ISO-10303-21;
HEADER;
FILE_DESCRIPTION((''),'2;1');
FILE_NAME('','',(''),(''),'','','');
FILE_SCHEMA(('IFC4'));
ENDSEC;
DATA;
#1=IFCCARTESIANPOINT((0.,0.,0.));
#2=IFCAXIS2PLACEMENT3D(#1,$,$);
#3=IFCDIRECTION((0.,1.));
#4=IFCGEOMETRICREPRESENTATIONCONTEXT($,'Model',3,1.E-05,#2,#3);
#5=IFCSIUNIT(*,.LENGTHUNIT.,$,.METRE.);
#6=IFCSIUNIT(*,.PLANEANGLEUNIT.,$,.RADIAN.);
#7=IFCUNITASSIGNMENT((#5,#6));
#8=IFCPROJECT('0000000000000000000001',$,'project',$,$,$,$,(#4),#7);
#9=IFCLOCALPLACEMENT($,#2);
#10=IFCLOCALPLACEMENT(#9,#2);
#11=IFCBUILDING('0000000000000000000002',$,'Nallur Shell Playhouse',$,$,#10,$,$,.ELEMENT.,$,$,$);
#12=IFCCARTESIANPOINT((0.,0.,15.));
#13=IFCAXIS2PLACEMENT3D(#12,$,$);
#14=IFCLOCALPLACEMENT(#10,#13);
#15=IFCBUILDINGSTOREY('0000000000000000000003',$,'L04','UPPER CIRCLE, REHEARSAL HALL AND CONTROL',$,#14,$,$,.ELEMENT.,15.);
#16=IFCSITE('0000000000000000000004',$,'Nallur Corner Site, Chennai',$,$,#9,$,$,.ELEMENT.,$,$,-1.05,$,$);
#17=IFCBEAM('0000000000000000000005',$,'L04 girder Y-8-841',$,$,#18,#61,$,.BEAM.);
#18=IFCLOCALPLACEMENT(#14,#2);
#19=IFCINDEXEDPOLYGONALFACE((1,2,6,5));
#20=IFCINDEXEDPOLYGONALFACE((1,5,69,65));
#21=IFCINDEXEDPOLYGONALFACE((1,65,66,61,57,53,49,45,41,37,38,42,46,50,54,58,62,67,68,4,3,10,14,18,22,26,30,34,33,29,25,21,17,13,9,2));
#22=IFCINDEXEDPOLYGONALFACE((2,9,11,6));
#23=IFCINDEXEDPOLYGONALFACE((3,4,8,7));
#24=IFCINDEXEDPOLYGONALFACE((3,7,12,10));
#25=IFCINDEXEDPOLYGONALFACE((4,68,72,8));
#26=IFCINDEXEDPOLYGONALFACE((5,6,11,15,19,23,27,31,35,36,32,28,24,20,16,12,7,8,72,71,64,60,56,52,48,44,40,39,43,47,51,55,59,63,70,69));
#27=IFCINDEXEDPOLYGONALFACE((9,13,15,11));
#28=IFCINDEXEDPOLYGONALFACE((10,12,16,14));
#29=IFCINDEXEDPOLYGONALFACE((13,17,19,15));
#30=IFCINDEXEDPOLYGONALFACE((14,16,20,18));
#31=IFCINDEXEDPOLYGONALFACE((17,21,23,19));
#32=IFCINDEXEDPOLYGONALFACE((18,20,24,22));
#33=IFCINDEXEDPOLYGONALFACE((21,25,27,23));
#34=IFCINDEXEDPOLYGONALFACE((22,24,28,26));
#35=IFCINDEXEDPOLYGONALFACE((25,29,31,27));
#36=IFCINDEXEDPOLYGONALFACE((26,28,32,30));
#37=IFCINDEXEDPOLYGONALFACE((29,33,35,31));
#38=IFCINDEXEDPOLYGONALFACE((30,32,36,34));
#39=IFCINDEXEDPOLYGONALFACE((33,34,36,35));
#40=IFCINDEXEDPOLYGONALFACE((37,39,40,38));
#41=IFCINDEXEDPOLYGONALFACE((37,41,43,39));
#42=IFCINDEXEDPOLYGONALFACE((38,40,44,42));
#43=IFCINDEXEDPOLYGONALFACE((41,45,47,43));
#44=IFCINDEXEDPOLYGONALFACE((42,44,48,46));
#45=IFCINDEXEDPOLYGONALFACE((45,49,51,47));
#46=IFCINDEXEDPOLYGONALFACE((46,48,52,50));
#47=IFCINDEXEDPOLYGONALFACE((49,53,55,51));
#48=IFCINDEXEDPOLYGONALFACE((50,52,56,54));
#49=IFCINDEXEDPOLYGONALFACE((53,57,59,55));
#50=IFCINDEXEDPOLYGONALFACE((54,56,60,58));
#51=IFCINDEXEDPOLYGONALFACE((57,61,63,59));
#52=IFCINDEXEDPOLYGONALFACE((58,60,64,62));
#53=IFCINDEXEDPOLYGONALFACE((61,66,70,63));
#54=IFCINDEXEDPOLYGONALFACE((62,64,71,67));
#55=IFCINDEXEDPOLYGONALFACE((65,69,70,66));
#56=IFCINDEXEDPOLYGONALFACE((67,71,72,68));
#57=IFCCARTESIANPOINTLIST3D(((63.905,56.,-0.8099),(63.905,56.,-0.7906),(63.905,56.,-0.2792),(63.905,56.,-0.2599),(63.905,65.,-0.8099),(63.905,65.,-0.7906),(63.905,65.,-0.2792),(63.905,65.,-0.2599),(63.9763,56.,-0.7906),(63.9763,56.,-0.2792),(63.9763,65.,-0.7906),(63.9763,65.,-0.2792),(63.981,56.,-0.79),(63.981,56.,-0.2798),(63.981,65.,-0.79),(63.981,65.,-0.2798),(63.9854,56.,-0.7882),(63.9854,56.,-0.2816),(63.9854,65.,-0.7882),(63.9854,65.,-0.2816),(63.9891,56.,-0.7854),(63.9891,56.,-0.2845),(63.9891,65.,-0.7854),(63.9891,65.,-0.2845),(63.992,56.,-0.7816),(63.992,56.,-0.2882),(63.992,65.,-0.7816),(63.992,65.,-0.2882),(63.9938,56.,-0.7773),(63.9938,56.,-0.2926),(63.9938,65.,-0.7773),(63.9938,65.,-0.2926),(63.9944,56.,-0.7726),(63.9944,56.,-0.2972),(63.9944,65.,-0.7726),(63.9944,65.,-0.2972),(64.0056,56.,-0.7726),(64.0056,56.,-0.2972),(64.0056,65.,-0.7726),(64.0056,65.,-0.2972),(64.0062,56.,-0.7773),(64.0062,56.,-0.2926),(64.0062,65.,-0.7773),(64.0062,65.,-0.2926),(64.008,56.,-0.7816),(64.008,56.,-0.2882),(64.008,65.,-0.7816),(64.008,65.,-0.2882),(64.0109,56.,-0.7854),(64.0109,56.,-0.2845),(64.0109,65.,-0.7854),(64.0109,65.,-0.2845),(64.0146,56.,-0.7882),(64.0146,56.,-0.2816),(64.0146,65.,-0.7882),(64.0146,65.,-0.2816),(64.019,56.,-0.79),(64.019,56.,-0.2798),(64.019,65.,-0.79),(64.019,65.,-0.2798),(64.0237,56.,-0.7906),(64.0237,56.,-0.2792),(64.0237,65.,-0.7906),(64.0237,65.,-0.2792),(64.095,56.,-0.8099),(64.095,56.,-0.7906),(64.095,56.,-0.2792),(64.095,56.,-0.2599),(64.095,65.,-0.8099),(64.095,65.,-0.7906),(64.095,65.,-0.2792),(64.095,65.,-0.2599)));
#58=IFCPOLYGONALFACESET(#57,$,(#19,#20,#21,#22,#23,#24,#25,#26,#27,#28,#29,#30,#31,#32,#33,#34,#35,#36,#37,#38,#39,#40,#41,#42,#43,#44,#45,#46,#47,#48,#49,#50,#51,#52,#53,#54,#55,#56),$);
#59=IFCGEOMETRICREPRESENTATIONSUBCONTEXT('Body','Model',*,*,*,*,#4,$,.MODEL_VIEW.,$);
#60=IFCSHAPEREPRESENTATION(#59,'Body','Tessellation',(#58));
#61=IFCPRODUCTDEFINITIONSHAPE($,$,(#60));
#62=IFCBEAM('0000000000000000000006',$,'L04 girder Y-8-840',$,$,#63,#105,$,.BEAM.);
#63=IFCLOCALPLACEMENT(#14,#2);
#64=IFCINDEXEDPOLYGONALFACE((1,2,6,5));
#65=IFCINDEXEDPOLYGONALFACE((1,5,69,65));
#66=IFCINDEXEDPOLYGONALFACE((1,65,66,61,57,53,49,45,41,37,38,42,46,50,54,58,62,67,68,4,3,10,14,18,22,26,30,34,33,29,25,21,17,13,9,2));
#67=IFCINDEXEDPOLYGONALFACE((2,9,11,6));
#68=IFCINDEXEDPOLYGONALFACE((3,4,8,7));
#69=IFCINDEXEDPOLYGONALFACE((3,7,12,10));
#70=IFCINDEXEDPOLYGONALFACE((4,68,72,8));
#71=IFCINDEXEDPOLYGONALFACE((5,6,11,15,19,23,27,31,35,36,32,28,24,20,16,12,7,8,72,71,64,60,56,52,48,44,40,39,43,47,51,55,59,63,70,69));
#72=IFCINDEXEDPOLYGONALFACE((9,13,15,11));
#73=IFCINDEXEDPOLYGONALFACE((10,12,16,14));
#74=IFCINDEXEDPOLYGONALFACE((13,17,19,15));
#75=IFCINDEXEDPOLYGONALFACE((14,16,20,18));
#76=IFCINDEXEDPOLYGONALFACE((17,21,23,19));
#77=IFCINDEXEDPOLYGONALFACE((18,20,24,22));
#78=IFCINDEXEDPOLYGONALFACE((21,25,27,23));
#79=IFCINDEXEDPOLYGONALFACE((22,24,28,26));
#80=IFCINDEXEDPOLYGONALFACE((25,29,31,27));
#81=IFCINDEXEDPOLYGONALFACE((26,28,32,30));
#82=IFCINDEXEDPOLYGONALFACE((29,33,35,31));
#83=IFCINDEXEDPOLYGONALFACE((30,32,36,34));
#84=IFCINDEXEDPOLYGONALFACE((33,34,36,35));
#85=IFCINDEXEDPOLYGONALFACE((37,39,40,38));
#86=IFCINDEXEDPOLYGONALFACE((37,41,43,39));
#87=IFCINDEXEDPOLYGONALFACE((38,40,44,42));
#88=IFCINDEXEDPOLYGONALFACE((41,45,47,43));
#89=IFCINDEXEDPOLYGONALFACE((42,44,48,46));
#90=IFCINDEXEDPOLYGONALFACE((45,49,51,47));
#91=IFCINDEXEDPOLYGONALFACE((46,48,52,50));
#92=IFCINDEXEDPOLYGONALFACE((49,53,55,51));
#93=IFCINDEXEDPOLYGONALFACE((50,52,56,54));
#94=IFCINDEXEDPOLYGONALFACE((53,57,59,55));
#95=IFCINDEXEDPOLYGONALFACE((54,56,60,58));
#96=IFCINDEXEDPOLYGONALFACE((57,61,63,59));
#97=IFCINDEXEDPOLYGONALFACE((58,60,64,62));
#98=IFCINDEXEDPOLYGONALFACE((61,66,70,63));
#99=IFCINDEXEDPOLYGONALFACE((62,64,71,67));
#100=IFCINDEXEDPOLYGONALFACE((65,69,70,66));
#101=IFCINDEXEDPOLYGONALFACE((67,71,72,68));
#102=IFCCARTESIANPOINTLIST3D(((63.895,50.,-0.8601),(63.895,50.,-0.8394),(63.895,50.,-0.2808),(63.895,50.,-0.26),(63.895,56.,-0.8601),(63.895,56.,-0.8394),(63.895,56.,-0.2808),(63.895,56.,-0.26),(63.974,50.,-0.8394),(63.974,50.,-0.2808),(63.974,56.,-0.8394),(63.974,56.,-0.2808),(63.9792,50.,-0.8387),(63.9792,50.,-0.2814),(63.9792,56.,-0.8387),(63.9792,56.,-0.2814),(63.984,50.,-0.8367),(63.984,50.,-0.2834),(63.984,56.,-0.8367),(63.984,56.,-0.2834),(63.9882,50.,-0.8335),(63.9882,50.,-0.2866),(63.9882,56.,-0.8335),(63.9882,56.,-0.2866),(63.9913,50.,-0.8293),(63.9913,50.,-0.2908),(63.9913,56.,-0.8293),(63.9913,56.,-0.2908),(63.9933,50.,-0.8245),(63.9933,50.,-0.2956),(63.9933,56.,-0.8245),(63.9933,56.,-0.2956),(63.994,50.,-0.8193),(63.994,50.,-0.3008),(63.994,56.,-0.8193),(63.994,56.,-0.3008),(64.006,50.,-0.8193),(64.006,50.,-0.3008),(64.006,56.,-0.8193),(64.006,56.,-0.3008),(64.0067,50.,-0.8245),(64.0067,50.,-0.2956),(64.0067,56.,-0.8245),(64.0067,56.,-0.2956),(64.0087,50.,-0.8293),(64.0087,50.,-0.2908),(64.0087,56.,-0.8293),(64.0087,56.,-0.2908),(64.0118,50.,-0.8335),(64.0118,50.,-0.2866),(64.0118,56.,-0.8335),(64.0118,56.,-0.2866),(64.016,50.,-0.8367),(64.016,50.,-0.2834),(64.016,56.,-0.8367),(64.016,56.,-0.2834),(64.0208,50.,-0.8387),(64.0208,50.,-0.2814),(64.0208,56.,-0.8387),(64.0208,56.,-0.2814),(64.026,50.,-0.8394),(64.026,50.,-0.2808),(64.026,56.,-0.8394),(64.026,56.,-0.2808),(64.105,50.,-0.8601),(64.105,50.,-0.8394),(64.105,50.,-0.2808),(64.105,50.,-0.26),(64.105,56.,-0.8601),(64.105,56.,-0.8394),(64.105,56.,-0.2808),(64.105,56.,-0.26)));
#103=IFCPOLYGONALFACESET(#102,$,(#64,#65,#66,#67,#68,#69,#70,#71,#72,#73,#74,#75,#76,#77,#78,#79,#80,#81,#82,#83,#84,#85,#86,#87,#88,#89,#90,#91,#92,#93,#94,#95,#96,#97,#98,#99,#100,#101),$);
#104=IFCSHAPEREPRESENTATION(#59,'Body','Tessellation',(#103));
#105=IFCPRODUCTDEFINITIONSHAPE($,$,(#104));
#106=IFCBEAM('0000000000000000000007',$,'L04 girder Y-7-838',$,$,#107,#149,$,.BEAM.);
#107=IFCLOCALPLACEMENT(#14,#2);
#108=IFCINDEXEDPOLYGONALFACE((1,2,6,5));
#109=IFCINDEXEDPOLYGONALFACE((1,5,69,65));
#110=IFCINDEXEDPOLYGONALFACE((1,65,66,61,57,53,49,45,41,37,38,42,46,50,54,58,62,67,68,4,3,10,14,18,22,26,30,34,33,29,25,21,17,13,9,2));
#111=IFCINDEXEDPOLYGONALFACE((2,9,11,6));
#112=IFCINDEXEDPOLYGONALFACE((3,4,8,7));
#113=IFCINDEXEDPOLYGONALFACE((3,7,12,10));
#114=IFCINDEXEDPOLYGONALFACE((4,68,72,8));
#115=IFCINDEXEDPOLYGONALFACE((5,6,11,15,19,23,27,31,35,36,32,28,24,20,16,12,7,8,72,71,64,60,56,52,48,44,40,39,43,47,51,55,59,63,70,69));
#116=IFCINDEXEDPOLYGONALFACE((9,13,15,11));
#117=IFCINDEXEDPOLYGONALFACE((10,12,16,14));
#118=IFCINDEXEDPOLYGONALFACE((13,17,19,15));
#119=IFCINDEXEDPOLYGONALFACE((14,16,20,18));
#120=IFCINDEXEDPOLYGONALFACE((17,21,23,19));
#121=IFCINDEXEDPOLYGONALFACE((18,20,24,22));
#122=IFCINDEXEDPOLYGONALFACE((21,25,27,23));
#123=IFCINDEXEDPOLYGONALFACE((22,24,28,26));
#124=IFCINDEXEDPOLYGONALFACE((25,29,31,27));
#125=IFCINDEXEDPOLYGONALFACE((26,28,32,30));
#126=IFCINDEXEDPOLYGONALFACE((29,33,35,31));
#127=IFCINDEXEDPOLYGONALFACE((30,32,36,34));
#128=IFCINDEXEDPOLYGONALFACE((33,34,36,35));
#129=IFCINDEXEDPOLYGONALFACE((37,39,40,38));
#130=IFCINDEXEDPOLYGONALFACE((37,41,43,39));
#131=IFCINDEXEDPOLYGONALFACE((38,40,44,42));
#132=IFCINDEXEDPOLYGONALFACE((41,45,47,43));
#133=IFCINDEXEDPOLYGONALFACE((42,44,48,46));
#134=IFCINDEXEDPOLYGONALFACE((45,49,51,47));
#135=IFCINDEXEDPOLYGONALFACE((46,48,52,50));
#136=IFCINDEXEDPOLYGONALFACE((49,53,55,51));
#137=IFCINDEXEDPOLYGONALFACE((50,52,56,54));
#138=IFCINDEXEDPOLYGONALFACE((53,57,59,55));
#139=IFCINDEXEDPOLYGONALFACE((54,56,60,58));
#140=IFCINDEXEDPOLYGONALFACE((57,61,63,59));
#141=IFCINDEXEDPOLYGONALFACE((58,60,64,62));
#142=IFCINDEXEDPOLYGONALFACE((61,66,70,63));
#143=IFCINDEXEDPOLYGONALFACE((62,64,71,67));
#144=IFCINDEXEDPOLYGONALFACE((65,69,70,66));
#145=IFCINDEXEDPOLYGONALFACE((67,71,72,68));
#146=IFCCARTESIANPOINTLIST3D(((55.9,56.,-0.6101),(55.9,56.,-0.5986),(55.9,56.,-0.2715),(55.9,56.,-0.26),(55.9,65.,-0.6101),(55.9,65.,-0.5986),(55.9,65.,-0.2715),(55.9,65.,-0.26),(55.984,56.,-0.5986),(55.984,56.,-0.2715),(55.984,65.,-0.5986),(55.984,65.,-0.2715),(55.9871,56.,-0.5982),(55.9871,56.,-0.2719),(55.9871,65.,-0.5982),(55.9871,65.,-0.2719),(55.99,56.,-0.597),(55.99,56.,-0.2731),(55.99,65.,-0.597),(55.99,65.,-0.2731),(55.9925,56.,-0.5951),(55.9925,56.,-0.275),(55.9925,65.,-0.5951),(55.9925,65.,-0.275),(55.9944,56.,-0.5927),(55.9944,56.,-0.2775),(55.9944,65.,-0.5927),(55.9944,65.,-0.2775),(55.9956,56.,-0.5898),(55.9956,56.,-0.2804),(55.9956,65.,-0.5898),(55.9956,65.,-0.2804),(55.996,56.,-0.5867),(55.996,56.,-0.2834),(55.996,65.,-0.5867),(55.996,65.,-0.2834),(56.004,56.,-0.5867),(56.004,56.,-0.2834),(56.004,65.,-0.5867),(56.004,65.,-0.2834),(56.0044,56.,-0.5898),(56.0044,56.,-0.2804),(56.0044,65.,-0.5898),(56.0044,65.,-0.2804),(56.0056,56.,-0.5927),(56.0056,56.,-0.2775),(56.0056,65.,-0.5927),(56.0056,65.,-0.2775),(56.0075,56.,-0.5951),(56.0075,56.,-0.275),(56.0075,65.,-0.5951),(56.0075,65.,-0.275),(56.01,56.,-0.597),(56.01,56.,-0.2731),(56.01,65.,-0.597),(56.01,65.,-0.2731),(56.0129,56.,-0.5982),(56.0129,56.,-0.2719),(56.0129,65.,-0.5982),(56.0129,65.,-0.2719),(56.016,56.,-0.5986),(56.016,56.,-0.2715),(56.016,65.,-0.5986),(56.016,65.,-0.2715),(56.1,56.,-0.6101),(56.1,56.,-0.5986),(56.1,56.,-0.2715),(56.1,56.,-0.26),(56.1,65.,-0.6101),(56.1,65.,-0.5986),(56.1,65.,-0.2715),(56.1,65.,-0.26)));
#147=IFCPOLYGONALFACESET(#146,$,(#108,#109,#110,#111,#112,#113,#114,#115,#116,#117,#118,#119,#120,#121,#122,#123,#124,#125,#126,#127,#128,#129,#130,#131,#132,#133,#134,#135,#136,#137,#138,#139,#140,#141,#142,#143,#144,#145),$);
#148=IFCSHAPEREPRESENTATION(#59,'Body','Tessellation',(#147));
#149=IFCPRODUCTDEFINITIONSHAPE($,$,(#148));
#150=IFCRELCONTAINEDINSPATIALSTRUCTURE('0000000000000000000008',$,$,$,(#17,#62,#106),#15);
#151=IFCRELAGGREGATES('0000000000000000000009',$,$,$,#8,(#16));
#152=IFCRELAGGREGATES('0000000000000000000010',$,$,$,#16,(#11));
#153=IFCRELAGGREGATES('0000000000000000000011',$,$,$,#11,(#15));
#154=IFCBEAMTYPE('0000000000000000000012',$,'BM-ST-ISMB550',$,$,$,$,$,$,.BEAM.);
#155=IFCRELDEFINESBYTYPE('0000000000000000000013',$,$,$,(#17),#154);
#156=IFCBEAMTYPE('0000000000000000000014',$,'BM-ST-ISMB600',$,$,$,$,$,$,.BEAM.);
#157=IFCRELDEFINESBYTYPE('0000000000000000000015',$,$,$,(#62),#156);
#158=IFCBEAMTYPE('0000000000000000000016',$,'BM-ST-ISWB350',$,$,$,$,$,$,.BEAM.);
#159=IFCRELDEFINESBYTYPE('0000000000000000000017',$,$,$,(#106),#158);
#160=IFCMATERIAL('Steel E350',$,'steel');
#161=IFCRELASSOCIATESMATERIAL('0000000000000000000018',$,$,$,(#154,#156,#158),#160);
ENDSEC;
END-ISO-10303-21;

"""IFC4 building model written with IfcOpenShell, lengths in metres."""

from ifc_helpers import new_model, si_unit, direction, frame, origin, origin_2d, place, context, subcontext, project, spatial, i_section, extrude, material, material_profile, profile_set, type_object, element, save


model = new_model("IFC4")

# Units and contexts
model_context = context("Model", 3, precision=1e-05, world=origin(), true_north=direction((0.0, 1.0)))
body_context = subcontext(model_context, "Body", "Model", "MODEL_VIEW")
ifc_project = project(units=[si_unit("LENGTHUNIT", "METRE"), si_unit("PLANEANGLEUNIT", "RADIAN")], contexts=[model_context])

# Site, building, storey
site_placement = place(None, origin())
site = spatial("IfcSite", under=ifc_project, at=site_placement, Name="Nallur Corner Site, Chennai", CompositionType="ELEMENT", RefElevation=-1.05)
building_placement = place(site_placement, origin())
building = spatial("IfcBuilding", under=site, at=building_placement, Name="Nallur Shell Playhouse", CompositionType="ELEMENT")
storey_placement = place(building_placement, frame((0.0, 0.0, 15.0)))
storey = spatial("IfcBuildingStorey", under=building, at=storey_placement, Name="L04", Description="UPPER CIRCLE, REHEARSAL HALL AND CONTROL", CompositionType="ELEMENT", Elevation=15.0)

# Shared definitions
ifc_material_1 = material(Name="Steel E350", Category="steel")

# Beams
ifc_material_profile_1 = material_profile(ifc_material_1, i_section(OverallWidth=0.1899, OverallDepth=0.55, WebThickness=0.0112, FlangeThickness=0.0193, FilletRadius=0.0181, at=origin_2d()), Name="ISMB 550")
ifc_profile_set_1 = profile_set([ifc_material_profile_1], Name="Steel E350")
beam_type_1 = type_object("IfcBeamType", Name="BM-ST-ISMB550", PredefinedType="BEAM", material=ifc_profile_set_1)
beam_1_placement = place(storey_placement, frame((64.0, 56.0, -0.5349), z_axis=(0.0, 1.0, 0.0), x_axis=(-1.0, 0.0, 0.0)))
element("IfcBeam", 1, at=beam_1_placement, inside=storey, type_object=beam_type_1, Name="L04 girder Y-8-841", PredefinedType="BEAM", context=body_context, shape_type="SweptSolid", body=[
    extrude(i_section(OverallWidth=0.1899, OverallDepth=0.55, WebThickness=0.0112, FlangeThickness=0.0193, FilletRadius=0.0181, at=origin_2d()), origin(), (0.0, 0.0, 1.0), 9.0),
])
ifc_material_profile_2 = material_profile(ifc_material_1, i_section(OverallWidth=0.21, OverallDepth=0.6001, WebThickness=0.012, FlangeThickness=0.0208, FilletRadius=0.02, at=origin_2d()), Name="ISMB 600")
ifc_profile_set_2 = profile_set([ifc_material_profile_2], Name="Steel E350")
beam_type_2 = type_object("IfcBeamType", Name="BM-ST-ISMB600", PredefinedType="BEAM", material=ifc_profile_set_2)
beam_2_placement = place(storey_placement, frame((64.0, 50.0, -0.5601), z_axis=(0.0, 1.0, 0.0), x_axis=(-1.0, 0.0, 0.0)))
element("IfcBeam", 2, at=beam_2_placement, inside=storey, type_object=beam_type_2, Name="L04 girder Y-8-840", PredefinedType="BEAM", context=body_context, shape_type="SweptSolid", body=[
    extrude(i_section(OverallWidth=0.21, OverallDepth=0.6001, WebThickness=0.012, FlangeThickness=0.0208, FilletRadius=0.02, at=origin_2d()), origin(), (0.0, 0.0, 1.0), 6.0),
])
ifc_material_profile_3 = material_profile(ifc_material_1, i_section(OverallWidth=0.2, OverallDepth=0.3501, WebThickness=0.0081, FlangeThickness=0.0115, FilletRadius=0.012, at=origin_2d()), Name="ISWB 350")
ifc_profile_set_3 = profile_set([ifc_material_profile_3], Name="Steel E350")
beam_type_3 = type_object("IfcBeamType", Name="BM-ST-ISWB350", PredefinedType="BEAM", material=ifc_profile_set_3)
beam_3_placement = place(storey_placement, frame((56.0, 56.0, -0.4351), z_axis=(0.0, 1.0, 0.0), x_axis=(-1.0, 0.0, 0.0)))
element("IfcBeam", 3, at=beam_3_placement, inside=storey, type_object=beam_type_3, Name="L04 girder Y-7-838", PredefinedType="BEAM", context=body_context, shape_type="SweptSolid", body=[
    extrude(i_section(OverallWidth=0.2, OverallDepth=0.3501, WebThickness=0.0081, FlangeThickness=0.0115, FilletRadius=0.012, at=origin_2d()), origin(), (0.0, 0.0, 1.0), 9.0),
])

save(model, "model.ifc")
